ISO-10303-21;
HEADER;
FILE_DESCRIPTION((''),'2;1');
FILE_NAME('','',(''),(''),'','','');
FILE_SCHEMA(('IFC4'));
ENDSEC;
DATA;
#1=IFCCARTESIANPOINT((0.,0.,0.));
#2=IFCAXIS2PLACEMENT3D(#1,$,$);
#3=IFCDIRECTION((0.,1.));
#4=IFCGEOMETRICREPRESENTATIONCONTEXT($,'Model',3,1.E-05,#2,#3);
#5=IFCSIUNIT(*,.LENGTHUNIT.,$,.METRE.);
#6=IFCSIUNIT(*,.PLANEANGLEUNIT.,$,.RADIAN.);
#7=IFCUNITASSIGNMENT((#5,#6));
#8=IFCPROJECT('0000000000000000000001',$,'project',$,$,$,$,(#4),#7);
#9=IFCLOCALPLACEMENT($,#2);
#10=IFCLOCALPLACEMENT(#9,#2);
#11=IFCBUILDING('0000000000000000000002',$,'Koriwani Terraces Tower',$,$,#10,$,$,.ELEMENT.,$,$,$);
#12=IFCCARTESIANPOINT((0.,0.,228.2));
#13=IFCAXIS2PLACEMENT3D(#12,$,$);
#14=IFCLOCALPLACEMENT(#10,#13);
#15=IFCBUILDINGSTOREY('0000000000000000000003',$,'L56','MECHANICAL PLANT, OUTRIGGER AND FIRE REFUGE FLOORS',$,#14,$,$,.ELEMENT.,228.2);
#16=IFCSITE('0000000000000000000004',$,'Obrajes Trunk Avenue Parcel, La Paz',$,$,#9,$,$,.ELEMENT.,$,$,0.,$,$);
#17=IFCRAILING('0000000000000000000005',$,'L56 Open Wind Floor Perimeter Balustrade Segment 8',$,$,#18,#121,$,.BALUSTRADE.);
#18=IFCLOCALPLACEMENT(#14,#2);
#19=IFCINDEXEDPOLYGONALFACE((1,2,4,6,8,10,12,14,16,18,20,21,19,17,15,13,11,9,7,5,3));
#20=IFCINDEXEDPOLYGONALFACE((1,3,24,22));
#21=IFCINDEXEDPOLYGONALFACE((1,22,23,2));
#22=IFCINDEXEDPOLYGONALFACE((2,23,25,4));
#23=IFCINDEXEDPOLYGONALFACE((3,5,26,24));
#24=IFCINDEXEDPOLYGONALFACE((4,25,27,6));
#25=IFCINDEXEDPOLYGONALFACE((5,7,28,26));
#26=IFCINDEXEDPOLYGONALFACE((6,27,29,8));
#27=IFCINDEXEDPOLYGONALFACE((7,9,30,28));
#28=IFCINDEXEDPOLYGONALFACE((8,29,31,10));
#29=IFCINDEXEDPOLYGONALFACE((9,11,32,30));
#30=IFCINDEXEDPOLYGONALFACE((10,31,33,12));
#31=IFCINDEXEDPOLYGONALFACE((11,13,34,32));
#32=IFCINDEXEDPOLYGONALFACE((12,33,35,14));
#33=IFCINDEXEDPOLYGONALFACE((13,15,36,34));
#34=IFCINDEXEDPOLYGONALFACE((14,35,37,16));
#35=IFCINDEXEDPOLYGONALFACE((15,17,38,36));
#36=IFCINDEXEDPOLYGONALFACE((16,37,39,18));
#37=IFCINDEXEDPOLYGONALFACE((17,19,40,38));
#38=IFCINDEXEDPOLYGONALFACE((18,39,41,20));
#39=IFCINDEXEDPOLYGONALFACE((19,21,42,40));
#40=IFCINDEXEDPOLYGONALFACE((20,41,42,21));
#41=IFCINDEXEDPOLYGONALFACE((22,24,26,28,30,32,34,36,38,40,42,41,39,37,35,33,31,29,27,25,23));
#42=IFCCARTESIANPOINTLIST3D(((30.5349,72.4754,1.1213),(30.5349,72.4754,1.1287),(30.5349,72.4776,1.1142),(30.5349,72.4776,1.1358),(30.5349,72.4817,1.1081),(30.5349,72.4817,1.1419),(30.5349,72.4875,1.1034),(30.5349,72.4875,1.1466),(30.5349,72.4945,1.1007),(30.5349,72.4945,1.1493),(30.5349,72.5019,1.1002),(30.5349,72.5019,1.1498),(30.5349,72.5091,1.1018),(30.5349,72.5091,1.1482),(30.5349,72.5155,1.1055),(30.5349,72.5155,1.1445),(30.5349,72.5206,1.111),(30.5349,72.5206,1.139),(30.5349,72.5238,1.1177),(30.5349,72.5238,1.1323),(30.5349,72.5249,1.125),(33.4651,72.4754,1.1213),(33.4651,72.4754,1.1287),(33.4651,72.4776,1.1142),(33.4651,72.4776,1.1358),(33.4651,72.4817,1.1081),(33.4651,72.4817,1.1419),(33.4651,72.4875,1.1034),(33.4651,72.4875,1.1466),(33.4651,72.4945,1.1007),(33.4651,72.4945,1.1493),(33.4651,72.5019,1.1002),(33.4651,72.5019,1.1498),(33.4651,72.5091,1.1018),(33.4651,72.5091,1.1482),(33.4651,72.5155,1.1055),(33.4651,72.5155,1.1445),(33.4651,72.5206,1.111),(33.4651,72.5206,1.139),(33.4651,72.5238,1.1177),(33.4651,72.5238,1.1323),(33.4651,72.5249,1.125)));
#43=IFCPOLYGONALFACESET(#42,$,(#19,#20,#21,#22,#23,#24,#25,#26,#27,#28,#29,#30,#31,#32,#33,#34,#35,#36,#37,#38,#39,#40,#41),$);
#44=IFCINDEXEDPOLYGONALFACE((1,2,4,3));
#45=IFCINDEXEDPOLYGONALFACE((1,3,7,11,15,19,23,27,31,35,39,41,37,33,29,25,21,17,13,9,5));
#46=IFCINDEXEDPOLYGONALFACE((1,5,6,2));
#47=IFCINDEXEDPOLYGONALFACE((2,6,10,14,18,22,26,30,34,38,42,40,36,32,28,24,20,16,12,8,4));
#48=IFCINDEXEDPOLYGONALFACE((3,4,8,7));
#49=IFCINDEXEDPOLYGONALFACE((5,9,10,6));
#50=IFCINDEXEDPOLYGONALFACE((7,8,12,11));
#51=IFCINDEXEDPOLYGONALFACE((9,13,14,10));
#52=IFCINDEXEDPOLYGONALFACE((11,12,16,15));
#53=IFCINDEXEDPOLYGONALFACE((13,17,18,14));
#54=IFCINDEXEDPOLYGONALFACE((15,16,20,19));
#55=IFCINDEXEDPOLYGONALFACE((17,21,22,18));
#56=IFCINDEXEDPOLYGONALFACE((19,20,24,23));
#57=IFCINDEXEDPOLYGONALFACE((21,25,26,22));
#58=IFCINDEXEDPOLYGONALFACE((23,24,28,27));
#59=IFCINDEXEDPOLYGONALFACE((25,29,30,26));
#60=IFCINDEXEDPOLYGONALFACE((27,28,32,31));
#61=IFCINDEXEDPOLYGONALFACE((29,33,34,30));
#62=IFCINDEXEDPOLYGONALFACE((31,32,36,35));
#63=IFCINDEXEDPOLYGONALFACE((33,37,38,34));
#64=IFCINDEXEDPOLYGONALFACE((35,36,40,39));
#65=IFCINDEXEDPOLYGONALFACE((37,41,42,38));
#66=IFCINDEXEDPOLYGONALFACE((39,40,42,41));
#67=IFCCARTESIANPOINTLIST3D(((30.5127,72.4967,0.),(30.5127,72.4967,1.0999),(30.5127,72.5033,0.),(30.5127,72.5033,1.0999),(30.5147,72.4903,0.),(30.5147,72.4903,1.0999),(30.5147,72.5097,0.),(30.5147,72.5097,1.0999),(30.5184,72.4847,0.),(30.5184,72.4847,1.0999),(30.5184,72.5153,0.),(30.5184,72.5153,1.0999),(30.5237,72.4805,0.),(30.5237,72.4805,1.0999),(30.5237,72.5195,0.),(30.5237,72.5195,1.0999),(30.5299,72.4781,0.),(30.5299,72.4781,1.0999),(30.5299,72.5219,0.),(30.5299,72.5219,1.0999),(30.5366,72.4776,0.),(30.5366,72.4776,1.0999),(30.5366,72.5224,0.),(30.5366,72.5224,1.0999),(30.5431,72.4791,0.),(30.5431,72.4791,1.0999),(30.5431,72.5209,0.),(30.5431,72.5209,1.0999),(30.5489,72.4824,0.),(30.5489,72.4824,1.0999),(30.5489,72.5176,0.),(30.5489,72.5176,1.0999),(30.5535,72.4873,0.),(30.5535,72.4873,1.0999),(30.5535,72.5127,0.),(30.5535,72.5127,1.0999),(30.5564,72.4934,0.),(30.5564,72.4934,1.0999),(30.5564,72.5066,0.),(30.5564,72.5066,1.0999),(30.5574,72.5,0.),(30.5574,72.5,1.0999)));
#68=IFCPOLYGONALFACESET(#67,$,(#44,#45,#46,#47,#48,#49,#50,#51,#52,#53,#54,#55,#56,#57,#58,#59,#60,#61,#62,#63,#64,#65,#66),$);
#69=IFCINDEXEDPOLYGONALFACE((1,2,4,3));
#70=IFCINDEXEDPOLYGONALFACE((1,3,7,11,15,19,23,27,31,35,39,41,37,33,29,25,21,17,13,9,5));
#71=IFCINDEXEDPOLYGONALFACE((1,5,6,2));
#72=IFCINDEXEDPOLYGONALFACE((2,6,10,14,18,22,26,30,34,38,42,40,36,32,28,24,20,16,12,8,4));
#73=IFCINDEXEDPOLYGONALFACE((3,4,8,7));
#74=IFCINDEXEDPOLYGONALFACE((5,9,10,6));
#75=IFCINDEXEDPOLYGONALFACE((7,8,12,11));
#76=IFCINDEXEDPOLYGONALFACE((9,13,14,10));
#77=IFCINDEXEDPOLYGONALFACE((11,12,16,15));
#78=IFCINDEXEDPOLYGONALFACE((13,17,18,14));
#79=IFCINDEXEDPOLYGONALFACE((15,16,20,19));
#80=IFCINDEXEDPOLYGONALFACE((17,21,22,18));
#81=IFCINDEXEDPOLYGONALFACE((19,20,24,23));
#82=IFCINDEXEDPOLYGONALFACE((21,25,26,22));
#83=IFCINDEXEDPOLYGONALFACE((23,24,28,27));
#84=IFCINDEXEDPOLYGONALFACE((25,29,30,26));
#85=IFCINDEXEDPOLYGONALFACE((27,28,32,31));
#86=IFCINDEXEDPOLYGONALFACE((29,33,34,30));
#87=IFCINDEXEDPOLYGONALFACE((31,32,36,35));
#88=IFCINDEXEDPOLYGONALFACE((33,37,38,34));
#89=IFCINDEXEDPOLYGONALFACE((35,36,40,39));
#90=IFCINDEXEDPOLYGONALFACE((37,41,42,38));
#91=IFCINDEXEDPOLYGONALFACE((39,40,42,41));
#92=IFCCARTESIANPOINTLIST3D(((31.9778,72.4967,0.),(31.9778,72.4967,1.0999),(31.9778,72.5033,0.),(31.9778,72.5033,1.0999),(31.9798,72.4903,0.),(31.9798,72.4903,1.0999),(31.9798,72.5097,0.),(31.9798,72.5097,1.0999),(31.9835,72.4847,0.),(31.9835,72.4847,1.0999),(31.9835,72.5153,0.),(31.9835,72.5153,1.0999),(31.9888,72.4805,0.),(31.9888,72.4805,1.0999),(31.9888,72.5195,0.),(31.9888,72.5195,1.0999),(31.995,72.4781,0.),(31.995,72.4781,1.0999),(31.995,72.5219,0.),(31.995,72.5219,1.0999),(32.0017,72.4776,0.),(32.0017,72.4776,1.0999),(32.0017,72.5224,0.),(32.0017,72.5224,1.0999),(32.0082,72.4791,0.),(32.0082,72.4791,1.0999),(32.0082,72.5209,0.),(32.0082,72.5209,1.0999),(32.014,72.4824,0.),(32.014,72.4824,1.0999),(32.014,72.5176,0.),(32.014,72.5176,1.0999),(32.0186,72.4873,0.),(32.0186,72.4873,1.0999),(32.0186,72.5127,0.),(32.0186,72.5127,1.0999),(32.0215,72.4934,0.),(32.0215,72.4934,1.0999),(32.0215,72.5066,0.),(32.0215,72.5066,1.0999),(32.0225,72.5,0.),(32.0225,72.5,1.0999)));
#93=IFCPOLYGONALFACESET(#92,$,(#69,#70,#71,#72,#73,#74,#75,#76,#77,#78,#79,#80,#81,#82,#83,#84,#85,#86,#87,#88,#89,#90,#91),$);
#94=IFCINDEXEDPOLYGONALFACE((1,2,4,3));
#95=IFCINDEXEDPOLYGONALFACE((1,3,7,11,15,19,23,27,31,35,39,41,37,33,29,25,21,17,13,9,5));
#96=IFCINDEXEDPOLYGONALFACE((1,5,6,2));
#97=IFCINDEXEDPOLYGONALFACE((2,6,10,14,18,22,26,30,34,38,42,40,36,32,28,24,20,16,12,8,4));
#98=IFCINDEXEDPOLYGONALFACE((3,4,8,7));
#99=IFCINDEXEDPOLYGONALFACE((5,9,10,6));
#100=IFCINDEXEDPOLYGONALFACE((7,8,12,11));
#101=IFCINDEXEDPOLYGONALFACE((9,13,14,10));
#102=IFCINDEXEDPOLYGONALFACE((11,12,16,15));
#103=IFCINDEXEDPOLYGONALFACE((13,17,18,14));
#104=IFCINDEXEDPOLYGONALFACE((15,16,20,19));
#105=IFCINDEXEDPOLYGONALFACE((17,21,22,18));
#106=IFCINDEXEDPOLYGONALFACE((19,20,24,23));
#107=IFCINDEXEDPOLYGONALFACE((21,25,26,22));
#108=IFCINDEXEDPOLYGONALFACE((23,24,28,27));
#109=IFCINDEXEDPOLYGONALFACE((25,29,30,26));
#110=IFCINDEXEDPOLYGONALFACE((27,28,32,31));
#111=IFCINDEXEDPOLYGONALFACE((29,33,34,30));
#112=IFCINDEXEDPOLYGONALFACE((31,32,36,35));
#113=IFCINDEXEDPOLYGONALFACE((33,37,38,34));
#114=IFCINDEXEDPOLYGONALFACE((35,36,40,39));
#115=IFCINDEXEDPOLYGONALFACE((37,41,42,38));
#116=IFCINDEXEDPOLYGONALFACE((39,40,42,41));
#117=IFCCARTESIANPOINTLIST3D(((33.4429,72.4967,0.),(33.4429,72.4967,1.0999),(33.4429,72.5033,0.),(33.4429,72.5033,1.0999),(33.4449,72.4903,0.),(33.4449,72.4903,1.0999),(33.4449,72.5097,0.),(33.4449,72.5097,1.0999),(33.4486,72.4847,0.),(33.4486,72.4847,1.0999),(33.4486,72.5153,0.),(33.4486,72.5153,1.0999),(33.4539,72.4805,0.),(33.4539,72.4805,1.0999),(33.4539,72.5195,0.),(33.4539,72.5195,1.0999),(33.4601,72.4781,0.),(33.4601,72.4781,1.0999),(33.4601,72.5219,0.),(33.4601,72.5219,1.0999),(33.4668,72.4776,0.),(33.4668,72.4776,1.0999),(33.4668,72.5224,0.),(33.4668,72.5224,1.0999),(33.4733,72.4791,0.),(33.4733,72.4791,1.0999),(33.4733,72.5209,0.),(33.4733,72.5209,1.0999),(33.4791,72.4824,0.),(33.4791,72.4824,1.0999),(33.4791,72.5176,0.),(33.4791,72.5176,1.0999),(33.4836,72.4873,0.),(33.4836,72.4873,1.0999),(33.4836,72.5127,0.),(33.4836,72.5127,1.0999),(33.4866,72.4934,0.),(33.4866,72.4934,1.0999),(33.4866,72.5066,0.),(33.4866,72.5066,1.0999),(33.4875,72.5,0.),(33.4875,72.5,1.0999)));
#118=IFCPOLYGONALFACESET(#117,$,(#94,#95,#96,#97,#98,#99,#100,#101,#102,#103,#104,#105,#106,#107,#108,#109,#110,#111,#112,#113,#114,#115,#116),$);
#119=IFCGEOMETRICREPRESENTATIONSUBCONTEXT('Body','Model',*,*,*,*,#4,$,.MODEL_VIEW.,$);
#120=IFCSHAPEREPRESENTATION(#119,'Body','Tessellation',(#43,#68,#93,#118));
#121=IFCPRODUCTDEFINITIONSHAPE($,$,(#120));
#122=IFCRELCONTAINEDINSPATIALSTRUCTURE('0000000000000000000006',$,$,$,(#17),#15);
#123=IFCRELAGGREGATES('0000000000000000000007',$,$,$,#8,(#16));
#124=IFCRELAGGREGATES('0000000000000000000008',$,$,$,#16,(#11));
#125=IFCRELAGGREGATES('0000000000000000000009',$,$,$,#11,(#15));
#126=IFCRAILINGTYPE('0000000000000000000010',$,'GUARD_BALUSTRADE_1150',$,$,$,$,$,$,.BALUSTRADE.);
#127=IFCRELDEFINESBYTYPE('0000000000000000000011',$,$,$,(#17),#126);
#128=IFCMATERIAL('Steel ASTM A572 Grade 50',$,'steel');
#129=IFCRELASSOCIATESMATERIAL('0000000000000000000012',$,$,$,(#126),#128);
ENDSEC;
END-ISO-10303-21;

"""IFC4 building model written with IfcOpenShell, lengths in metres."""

from ifc_helpers import new_model, si_unit, direction, frame, origin, origin_2d, place, context, subcontext, project, spatial, circle, extrude, material, type_object, element, save


model = new_model("IFC4")

# Units and contexts
model_context = context("Model", 3, precision=1e-05, world=origin(), true_north=direction((0.0, 1.0)))
body_context = subcontext(model_context, "Body", "Model", "MODEL_VIEW")
ifc_project = project(units=[si_unit("LENGTHUNIT", "METRE"), si_unit("PLANEANGLEUNIT", "RADIAN")], contexts=[model_context])

# Site, building, storey
site_placement = place(None, origin())
site = spatial("IfcSite", under=ifc_project, at=site_placement, Name="Obrajes Trunk Avenue Parcel, La Paz", CompositionType="ELEMENT", RefElevation=0.0)
building_placement = place(site_placement, origin())
building = spatial("IfcBuilding", under=site, at=building_placement, Name="Koriwani Terraces Tower", CompositionType="ELEMENT")
storey_placement = place(building_placement, frame((0.0, 0.0, 228.2)))
storey = spatial("IfcBuildingStorey", under=building, at=storey_placement, Name="L56", Description="MECHANICAL PLANT, OUTRIGGER AND FIRE REFUGE FLOORS", CompositionType="ELEMENT", Elevation=228.2)

# Shared definitions
ifc_material_1 = material(Name="Steel ASTM A572 Grade 50", Category="steel")

# Railing
railing_type = type_object("IfcRailingType", Name="GUARD_BALUSTRADE_1150", PredefinedType="BALUSTRADE", material=ifc_material_1)
railing_1_placement = place(storey_placement, frame((30.5349, 72.5, 0.0)))
element("IfcRailing", 1, at=railing_1_placement, inside=storey, type_object=railing_type, Name="L56 Open Wind Floor Perimeter Balustrade Segment 8", PredefinedType="BALUSTRADE", context=body_context, shape_type="SweptSolid", body=[
    extrude(circle(Radius=0.0249, at=origin_2d()), frame((0.0, 0.0, 1.125), z_axis=(1.0, 0.0, 0.0), x_axis=(0.0, 1.0, 0.0)), (0.0, 0.0, 1.0), 2.9302),
    extrude(circle(Radius=0.0225, at=origin_2d()), origin(), (0.0, 0.0, 1.0), 1.0999),
    extrude(circle(Radius=0.0225, at=origin_2d()), frame((1.4651, 0.0, 0.0)), (0.0, 0.0, 1.0), 1.0999),
    extrude(circle(Radius=0.0225, at=origin_2d()), frame((2.9302, 0.0, 0.0)), (0.0, 0.0, 1.0), 1.0999),
])

save(model, "model.ifc")
